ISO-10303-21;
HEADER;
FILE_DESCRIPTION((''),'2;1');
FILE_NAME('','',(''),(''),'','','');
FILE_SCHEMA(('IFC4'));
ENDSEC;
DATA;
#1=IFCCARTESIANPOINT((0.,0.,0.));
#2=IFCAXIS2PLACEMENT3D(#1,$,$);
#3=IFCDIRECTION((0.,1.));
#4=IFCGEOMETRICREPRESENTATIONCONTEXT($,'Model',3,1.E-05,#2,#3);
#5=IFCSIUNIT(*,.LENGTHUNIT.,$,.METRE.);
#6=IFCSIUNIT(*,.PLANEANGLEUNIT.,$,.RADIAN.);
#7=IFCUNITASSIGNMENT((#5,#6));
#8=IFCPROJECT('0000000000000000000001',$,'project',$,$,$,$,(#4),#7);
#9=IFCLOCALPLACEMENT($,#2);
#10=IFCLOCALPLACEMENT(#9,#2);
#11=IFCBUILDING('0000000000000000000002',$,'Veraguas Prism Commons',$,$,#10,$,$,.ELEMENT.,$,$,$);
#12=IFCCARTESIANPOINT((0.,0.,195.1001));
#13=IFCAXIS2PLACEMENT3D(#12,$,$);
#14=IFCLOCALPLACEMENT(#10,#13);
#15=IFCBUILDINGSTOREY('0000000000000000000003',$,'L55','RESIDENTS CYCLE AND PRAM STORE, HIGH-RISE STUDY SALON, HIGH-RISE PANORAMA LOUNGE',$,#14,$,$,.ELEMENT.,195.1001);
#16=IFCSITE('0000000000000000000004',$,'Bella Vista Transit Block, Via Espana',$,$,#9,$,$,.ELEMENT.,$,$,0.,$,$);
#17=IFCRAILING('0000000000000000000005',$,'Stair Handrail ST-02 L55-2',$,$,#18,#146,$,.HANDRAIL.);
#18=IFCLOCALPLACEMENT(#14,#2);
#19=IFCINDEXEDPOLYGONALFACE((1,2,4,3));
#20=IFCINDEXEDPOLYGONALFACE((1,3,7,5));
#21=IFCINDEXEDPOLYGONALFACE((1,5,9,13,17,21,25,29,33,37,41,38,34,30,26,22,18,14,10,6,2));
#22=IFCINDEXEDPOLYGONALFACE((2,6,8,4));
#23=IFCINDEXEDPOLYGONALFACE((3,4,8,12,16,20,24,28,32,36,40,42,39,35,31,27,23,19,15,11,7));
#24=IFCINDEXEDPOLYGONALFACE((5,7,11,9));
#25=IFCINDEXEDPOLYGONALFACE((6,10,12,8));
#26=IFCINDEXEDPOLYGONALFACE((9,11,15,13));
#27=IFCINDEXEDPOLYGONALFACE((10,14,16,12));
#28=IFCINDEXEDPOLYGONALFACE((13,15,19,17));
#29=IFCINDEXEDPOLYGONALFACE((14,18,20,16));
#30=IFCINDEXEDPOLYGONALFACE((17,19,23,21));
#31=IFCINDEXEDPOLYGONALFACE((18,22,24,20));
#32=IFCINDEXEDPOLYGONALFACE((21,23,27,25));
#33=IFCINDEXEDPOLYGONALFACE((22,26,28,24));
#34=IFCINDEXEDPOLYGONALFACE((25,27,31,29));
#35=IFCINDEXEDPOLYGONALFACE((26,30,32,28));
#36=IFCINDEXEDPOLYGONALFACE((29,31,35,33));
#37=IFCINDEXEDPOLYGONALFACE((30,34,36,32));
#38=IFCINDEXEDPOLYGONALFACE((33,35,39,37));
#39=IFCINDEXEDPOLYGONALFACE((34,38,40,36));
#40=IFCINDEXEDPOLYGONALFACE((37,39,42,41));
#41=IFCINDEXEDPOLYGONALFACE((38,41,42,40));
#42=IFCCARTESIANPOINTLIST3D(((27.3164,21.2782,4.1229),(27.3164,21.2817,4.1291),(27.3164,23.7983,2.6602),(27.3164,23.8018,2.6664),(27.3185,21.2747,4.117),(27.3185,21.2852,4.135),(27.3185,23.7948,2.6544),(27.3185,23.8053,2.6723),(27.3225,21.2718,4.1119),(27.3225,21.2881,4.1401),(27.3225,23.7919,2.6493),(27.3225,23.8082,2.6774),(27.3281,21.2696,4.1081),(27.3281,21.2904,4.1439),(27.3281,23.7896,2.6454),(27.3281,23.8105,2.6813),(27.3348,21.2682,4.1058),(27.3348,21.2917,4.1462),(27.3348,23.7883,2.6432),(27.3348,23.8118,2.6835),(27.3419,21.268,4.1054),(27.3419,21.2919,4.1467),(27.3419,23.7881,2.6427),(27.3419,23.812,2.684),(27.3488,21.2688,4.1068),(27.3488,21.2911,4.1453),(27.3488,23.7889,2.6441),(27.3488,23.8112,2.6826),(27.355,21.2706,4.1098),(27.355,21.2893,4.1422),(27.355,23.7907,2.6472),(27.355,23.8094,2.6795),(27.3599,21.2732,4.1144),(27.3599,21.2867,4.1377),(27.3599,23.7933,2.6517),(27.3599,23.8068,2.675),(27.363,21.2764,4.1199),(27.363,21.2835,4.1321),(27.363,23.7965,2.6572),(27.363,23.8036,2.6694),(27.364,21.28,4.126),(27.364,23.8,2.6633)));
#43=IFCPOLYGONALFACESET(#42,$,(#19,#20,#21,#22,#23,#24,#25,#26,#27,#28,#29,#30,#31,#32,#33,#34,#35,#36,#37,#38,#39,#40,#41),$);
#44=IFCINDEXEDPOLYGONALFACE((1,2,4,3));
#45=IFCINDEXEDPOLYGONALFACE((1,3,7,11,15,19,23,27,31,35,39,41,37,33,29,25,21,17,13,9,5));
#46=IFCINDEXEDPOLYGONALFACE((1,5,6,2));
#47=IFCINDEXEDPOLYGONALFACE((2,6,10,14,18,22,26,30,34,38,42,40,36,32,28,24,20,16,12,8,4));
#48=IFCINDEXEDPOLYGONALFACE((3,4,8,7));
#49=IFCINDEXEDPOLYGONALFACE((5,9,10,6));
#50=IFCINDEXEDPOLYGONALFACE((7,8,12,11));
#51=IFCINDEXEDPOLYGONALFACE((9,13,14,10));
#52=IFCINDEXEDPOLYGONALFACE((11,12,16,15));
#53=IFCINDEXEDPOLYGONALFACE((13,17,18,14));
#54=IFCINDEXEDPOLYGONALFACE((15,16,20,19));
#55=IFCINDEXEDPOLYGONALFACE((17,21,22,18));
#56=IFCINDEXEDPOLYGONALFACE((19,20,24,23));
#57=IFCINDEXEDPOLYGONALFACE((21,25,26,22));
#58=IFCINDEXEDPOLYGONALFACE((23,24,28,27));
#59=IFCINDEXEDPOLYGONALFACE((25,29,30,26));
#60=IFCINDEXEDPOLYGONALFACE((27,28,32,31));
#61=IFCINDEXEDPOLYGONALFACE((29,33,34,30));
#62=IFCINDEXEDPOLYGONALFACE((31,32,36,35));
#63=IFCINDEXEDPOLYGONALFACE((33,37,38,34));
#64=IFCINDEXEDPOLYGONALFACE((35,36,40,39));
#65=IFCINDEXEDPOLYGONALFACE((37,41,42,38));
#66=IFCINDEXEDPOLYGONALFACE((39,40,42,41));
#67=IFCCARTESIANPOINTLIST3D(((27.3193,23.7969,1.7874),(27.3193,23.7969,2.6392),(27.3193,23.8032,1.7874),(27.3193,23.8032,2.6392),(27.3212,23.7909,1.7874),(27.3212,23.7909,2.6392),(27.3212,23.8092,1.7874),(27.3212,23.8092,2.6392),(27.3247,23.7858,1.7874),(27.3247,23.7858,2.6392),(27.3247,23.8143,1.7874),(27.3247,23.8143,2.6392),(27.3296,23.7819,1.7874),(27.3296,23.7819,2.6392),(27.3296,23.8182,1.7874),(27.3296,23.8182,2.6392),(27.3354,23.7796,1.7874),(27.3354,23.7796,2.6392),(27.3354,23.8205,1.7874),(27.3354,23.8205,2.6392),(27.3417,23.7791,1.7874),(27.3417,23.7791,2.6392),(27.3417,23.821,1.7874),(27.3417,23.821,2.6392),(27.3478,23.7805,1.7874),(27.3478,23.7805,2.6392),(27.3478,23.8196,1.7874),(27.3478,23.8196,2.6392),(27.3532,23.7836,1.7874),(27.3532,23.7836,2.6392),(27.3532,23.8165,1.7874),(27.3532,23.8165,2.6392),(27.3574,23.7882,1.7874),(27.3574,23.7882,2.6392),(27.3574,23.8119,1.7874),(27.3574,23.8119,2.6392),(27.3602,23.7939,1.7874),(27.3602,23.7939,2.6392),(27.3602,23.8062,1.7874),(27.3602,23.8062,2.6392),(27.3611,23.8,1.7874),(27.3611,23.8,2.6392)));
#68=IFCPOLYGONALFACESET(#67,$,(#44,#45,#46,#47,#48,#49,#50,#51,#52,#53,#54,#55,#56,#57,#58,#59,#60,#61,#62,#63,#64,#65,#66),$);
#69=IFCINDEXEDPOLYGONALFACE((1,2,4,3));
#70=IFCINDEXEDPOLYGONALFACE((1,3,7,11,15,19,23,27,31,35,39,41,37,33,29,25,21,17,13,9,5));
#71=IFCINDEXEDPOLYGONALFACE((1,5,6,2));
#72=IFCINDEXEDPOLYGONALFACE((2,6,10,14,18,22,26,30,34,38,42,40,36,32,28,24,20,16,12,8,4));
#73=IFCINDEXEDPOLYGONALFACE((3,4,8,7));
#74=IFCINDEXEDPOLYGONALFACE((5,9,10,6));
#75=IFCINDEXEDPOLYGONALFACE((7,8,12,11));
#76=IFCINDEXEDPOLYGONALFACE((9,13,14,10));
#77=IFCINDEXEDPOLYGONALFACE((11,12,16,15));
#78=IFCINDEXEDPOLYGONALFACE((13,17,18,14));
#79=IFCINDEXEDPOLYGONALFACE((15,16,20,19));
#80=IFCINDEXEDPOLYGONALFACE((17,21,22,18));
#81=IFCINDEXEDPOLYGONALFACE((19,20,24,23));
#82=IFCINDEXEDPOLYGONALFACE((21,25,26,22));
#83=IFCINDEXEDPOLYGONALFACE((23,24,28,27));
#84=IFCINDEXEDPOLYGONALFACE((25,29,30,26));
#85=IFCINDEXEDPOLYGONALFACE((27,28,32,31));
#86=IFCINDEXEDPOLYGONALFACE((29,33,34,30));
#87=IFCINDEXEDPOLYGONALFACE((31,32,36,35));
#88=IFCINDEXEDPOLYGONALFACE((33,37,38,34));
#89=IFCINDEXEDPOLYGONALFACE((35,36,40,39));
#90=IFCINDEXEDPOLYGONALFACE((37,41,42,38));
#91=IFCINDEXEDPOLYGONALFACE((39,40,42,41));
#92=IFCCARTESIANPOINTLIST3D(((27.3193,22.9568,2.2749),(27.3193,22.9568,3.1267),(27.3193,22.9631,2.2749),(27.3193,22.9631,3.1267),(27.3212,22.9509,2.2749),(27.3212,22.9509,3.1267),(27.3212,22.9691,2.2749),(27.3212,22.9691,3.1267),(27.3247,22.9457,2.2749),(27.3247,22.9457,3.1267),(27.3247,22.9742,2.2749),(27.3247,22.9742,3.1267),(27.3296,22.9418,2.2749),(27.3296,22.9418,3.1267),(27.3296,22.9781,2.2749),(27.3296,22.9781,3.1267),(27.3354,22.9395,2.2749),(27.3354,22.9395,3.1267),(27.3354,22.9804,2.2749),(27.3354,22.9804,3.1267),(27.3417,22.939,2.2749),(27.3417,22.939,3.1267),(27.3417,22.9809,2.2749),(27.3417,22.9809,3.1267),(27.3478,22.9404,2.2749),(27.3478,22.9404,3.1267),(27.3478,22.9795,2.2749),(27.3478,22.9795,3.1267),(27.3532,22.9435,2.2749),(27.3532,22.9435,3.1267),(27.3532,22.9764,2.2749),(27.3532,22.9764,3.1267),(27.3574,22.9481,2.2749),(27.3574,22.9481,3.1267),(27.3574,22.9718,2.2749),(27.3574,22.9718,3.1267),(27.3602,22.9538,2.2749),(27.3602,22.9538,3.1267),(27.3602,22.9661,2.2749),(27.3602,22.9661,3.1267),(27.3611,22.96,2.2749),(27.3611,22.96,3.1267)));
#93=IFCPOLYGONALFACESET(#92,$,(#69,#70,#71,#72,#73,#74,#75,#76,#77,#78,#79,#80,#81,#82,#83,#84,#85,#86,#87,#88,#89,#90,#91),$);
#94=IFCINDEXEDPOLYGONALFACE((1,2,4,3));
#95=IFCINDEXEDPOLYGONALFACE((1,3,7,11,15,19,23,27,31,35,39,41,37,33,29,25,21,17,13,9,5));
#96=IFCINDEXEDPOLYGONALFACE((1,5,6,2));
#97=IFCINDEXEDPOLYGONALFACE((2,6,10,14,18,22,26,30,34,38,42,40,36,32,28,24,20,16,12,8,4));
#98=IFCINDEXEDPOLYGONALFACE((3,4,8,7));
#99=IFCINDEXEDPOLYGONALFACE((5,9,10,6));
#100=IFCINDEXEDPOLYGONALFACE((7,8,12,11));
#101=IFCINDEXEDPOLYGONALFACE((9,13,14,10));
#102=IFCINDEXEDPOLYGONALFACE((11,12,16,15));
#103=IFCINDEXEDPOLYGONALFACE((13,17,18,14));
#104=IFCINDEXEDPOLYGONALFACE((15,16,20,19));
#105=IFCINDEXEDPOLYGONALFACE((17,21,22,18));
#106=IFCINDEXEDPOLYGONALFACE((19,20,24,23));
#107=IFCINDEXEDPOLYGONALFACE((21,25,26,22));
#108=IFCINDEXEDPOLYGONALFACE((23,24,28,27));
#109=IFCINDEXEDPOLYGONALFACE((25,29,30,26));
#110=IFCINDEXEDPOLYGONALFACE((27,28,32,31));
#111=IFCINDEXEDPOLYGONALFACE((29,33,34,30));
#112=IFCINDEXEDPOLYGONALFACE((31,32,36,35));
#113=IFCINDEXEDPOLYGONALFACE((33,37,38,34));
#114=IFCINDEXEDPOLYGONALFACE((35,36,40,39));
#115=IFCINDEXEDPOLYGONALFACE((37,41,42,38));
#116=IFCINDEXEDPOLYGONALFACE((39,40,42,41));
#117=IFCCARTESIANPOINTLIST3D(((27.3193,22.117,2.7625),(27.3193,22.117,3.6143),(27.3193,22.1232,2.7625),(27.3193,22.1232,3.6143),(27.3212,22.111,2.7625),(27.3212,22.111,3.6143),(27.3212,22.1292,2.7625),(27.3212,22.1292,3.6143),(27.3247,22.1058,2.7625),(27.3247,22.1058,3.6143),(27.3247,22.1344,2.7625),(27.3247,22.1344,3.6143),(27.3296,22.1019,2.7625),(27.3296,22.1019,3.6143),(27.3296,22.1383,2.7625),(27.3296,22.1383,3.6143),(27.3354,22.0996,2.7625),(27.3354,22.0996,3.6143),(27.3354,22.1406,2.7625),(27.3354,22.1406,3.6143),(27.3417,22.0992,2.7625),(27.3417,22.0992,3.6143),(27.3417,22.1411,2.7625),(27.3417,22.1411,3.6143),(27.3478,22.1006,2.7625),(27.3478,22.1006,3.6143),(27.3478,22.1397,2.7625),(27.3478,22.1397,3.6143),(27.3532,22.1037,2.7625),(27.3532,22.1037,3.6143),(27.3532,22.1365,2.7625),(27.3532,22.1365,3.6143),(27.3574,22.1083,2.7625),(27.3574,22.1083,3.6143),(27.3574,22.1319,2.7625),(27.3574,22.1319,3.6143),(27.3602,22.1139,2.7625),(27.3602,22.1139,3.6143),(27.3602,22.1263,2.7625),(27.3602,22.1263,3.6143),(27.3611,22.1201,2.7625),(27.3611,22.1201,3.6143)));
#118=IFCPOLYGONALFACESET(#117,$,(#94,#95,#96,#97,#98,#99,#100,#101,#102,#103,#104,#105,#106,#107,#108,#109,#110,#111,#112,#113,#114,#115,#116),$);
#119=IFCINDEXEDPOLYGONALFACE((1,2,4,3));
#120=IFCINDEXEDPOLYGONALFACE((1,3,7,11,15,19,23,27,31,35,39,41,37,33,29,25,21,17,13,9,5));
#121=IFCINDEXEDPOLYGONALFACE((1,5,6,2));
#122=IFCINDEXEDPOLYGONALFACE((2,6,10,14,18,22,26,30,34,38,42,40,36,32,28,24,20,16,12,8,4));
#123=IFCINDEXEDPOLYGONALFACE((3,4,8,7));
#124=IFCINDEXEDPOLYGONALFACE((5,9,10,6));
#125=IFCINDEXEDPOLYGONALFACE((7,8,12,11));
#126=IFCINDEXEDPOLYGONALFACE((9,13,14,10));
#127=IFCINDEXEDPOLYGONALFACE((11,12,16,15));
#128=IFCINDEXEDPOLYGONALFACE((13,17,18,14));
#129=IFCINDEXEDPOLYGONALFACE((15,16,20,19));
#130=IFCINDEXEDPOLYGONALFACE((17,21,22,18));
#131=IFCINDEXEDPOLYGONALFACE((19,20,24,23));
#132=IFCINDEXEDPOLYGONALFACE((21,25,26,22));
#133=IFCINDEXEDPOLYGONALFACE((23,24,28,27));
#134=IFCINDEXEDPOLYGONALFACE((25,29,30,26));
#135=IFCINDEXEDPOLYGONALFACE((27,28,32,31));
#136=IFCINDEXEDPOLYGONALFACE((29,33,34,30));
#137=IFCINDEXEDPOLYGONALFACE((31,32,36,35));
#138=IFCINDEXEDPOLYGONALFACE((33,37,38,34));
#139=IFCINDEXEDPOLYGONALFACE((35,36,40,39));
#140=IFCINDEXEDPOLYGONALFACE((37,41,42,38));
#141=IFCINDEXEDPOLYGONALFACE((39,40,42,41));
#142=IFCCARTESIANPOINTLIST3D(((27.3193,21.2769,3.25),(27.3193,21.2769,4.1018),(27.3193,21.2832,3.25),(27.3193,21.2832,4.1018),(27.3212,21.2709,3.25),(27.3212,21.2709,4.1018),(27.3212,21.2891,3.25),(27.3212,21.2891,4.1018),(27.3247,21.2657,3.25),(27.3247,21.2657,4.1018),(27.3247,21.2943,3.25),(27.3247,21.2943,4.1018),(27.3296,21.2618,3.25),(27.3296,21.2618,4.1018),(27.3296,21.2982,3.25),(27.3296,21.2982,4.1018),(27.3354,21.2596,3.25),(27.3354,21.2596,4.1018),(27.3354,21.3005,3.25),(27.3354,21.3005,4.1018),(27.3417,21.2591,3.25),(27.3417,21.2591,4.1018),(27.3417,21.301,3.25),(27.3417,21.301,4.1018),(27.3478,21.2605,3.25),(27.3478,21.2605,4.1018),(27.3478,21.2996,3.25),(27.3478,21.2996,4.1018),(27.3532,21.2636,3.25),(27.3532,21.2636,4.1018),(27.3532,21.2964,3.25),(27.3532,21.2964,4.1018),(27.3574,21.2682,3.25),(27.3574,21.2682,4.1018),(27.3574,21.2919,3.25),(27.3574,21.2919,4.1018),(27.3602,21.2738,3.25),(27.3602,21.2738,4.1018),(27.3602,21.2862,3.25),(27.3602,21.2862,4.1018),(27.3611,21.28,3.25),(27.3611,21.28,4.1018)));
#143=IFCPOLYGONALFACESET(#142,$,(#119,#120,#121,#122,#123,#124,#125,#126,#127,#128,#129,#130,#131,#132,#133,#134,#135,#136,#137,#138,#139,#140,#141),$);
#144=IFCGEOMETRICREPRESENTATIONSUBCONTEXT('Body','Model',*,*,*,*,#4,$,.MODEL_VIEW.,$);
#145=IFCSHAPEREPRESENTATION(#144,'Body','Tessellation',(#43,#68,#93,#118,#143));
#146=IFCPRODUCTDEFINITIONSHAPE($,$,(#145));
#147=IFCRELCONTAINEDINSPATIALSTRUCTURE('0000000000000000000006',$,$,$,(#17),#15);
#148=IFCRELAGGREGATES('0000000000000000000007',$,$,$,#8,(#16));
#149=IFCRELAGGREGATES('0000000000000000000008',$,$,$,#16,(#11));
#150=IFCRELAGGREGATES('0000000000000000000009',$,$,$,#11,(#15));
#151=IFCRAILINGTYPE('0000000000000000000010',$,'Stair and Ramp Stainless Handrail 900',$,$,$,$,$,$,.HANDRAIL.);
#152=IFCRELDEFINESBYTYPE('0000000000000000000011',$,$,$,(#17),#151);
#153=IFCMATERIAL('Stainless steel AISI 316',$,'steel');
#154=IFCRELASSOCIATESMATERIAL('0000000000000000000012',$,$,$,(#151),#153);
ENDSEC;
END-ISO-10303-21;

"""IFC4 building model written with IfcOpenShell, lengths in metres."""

from ifc_helpers import new_model, si_unit, direction, frame, origin, origin_2d, place, context, subcontext, project, spatial, circle, extrude, material, type_object, element, save


model = new_model("IFC4")

# Units and contexts
model_context = context("Model", 3, precision=1e-05, world=origin(), true_north=direction((0.0, 1.0)))
body_context = subcontext(model_context, "Body", "Model", "MODEL_VIEW")
ifc_project = project(units=[si_unit("LENGTHUNIT", "METRE"), si_unit("PLANEANGLEUNIT", "RADIAN")], contexts=[model_context])

# Site, building, storey
site_placement = place(None, origin())
site = spatial("IfcSite", under=ifc_project, at=site_placement, Name="Bella Vista Transit Block, Via Espana", CompositionType="ELEMENT", RefElevation=0.0)
building_placement = place(site_placement, origin())
building = spatial("IfcBuilding", under=site, at=building_placement, Name="Veraguas Prism Commons", CompositionType="ELEMENT")
storey_placement = place(building_placement, frame((0.0, 0.0, 195.1001)))
storey = spatial("IfcBuildingStorey", under=building, at=storey_placement, Name="L55", Description="RESIDENTS CYCLE AND PRAM STORE, HIGH-RISE STUDY SALON, HIGH-RISE PANORAMA LOUNGE", CompositionType="ELEMENT", Elevation=195.1001)

# Railing
ifc_material_1 = material(Name="Stainless steel AISI 316", Category="steel")
railing_type_1 = type_object("IfcRailingType", Name="Stair and Ramp Stainless Handrail 900", PredefinedType="HANDRAIL", material=ifc_material_1)
railing_1_placement = place(storey_placement, frame((27.3401, 23.8, 1.7874)))
element("IfcRailing", 1, at=railing_1_placement, inside=storey, type_object=railing_type_1, Name="Stair Handrail ST-02 L55-2", PredefinedType="HANDRAIL", context=body_context, shape_type="SweptSolid", body=[
    extrude(circle(Radius=0.0239, at=origin_2d()), frame((0.0, 0.0, 0.876), z_axis=(0.0, -0.864877, 0.501984), x_axis=(1.0, 0.0, 0.0)), (0.0, 0.0, 1.0), 2.9138),
    extrude(circle(Radius=0.021, at=origin_2d()), origin(), (0.0, 0.0, 1.0), 0.8518),
    extrude(circle(Radius=0.021, at=origin_2d()), frame((0.0, -0.8401, 0.4875)), (0.0, 0.0, 1.0), 0.8518),
    extrude(circle(Radius=0.021, at=origin_2d()), frame((0.0, -1.6799, 0.9751)), (0.0, 0.0, 1.0), 0.8518),
    extrude(circle(Radius=0.021, at=origin_2d()), frame((0.0, -2.52, 1.4626)), (0.0, 0.0, 1.0), 0.8518),
])

save(model, "model.ifc")
